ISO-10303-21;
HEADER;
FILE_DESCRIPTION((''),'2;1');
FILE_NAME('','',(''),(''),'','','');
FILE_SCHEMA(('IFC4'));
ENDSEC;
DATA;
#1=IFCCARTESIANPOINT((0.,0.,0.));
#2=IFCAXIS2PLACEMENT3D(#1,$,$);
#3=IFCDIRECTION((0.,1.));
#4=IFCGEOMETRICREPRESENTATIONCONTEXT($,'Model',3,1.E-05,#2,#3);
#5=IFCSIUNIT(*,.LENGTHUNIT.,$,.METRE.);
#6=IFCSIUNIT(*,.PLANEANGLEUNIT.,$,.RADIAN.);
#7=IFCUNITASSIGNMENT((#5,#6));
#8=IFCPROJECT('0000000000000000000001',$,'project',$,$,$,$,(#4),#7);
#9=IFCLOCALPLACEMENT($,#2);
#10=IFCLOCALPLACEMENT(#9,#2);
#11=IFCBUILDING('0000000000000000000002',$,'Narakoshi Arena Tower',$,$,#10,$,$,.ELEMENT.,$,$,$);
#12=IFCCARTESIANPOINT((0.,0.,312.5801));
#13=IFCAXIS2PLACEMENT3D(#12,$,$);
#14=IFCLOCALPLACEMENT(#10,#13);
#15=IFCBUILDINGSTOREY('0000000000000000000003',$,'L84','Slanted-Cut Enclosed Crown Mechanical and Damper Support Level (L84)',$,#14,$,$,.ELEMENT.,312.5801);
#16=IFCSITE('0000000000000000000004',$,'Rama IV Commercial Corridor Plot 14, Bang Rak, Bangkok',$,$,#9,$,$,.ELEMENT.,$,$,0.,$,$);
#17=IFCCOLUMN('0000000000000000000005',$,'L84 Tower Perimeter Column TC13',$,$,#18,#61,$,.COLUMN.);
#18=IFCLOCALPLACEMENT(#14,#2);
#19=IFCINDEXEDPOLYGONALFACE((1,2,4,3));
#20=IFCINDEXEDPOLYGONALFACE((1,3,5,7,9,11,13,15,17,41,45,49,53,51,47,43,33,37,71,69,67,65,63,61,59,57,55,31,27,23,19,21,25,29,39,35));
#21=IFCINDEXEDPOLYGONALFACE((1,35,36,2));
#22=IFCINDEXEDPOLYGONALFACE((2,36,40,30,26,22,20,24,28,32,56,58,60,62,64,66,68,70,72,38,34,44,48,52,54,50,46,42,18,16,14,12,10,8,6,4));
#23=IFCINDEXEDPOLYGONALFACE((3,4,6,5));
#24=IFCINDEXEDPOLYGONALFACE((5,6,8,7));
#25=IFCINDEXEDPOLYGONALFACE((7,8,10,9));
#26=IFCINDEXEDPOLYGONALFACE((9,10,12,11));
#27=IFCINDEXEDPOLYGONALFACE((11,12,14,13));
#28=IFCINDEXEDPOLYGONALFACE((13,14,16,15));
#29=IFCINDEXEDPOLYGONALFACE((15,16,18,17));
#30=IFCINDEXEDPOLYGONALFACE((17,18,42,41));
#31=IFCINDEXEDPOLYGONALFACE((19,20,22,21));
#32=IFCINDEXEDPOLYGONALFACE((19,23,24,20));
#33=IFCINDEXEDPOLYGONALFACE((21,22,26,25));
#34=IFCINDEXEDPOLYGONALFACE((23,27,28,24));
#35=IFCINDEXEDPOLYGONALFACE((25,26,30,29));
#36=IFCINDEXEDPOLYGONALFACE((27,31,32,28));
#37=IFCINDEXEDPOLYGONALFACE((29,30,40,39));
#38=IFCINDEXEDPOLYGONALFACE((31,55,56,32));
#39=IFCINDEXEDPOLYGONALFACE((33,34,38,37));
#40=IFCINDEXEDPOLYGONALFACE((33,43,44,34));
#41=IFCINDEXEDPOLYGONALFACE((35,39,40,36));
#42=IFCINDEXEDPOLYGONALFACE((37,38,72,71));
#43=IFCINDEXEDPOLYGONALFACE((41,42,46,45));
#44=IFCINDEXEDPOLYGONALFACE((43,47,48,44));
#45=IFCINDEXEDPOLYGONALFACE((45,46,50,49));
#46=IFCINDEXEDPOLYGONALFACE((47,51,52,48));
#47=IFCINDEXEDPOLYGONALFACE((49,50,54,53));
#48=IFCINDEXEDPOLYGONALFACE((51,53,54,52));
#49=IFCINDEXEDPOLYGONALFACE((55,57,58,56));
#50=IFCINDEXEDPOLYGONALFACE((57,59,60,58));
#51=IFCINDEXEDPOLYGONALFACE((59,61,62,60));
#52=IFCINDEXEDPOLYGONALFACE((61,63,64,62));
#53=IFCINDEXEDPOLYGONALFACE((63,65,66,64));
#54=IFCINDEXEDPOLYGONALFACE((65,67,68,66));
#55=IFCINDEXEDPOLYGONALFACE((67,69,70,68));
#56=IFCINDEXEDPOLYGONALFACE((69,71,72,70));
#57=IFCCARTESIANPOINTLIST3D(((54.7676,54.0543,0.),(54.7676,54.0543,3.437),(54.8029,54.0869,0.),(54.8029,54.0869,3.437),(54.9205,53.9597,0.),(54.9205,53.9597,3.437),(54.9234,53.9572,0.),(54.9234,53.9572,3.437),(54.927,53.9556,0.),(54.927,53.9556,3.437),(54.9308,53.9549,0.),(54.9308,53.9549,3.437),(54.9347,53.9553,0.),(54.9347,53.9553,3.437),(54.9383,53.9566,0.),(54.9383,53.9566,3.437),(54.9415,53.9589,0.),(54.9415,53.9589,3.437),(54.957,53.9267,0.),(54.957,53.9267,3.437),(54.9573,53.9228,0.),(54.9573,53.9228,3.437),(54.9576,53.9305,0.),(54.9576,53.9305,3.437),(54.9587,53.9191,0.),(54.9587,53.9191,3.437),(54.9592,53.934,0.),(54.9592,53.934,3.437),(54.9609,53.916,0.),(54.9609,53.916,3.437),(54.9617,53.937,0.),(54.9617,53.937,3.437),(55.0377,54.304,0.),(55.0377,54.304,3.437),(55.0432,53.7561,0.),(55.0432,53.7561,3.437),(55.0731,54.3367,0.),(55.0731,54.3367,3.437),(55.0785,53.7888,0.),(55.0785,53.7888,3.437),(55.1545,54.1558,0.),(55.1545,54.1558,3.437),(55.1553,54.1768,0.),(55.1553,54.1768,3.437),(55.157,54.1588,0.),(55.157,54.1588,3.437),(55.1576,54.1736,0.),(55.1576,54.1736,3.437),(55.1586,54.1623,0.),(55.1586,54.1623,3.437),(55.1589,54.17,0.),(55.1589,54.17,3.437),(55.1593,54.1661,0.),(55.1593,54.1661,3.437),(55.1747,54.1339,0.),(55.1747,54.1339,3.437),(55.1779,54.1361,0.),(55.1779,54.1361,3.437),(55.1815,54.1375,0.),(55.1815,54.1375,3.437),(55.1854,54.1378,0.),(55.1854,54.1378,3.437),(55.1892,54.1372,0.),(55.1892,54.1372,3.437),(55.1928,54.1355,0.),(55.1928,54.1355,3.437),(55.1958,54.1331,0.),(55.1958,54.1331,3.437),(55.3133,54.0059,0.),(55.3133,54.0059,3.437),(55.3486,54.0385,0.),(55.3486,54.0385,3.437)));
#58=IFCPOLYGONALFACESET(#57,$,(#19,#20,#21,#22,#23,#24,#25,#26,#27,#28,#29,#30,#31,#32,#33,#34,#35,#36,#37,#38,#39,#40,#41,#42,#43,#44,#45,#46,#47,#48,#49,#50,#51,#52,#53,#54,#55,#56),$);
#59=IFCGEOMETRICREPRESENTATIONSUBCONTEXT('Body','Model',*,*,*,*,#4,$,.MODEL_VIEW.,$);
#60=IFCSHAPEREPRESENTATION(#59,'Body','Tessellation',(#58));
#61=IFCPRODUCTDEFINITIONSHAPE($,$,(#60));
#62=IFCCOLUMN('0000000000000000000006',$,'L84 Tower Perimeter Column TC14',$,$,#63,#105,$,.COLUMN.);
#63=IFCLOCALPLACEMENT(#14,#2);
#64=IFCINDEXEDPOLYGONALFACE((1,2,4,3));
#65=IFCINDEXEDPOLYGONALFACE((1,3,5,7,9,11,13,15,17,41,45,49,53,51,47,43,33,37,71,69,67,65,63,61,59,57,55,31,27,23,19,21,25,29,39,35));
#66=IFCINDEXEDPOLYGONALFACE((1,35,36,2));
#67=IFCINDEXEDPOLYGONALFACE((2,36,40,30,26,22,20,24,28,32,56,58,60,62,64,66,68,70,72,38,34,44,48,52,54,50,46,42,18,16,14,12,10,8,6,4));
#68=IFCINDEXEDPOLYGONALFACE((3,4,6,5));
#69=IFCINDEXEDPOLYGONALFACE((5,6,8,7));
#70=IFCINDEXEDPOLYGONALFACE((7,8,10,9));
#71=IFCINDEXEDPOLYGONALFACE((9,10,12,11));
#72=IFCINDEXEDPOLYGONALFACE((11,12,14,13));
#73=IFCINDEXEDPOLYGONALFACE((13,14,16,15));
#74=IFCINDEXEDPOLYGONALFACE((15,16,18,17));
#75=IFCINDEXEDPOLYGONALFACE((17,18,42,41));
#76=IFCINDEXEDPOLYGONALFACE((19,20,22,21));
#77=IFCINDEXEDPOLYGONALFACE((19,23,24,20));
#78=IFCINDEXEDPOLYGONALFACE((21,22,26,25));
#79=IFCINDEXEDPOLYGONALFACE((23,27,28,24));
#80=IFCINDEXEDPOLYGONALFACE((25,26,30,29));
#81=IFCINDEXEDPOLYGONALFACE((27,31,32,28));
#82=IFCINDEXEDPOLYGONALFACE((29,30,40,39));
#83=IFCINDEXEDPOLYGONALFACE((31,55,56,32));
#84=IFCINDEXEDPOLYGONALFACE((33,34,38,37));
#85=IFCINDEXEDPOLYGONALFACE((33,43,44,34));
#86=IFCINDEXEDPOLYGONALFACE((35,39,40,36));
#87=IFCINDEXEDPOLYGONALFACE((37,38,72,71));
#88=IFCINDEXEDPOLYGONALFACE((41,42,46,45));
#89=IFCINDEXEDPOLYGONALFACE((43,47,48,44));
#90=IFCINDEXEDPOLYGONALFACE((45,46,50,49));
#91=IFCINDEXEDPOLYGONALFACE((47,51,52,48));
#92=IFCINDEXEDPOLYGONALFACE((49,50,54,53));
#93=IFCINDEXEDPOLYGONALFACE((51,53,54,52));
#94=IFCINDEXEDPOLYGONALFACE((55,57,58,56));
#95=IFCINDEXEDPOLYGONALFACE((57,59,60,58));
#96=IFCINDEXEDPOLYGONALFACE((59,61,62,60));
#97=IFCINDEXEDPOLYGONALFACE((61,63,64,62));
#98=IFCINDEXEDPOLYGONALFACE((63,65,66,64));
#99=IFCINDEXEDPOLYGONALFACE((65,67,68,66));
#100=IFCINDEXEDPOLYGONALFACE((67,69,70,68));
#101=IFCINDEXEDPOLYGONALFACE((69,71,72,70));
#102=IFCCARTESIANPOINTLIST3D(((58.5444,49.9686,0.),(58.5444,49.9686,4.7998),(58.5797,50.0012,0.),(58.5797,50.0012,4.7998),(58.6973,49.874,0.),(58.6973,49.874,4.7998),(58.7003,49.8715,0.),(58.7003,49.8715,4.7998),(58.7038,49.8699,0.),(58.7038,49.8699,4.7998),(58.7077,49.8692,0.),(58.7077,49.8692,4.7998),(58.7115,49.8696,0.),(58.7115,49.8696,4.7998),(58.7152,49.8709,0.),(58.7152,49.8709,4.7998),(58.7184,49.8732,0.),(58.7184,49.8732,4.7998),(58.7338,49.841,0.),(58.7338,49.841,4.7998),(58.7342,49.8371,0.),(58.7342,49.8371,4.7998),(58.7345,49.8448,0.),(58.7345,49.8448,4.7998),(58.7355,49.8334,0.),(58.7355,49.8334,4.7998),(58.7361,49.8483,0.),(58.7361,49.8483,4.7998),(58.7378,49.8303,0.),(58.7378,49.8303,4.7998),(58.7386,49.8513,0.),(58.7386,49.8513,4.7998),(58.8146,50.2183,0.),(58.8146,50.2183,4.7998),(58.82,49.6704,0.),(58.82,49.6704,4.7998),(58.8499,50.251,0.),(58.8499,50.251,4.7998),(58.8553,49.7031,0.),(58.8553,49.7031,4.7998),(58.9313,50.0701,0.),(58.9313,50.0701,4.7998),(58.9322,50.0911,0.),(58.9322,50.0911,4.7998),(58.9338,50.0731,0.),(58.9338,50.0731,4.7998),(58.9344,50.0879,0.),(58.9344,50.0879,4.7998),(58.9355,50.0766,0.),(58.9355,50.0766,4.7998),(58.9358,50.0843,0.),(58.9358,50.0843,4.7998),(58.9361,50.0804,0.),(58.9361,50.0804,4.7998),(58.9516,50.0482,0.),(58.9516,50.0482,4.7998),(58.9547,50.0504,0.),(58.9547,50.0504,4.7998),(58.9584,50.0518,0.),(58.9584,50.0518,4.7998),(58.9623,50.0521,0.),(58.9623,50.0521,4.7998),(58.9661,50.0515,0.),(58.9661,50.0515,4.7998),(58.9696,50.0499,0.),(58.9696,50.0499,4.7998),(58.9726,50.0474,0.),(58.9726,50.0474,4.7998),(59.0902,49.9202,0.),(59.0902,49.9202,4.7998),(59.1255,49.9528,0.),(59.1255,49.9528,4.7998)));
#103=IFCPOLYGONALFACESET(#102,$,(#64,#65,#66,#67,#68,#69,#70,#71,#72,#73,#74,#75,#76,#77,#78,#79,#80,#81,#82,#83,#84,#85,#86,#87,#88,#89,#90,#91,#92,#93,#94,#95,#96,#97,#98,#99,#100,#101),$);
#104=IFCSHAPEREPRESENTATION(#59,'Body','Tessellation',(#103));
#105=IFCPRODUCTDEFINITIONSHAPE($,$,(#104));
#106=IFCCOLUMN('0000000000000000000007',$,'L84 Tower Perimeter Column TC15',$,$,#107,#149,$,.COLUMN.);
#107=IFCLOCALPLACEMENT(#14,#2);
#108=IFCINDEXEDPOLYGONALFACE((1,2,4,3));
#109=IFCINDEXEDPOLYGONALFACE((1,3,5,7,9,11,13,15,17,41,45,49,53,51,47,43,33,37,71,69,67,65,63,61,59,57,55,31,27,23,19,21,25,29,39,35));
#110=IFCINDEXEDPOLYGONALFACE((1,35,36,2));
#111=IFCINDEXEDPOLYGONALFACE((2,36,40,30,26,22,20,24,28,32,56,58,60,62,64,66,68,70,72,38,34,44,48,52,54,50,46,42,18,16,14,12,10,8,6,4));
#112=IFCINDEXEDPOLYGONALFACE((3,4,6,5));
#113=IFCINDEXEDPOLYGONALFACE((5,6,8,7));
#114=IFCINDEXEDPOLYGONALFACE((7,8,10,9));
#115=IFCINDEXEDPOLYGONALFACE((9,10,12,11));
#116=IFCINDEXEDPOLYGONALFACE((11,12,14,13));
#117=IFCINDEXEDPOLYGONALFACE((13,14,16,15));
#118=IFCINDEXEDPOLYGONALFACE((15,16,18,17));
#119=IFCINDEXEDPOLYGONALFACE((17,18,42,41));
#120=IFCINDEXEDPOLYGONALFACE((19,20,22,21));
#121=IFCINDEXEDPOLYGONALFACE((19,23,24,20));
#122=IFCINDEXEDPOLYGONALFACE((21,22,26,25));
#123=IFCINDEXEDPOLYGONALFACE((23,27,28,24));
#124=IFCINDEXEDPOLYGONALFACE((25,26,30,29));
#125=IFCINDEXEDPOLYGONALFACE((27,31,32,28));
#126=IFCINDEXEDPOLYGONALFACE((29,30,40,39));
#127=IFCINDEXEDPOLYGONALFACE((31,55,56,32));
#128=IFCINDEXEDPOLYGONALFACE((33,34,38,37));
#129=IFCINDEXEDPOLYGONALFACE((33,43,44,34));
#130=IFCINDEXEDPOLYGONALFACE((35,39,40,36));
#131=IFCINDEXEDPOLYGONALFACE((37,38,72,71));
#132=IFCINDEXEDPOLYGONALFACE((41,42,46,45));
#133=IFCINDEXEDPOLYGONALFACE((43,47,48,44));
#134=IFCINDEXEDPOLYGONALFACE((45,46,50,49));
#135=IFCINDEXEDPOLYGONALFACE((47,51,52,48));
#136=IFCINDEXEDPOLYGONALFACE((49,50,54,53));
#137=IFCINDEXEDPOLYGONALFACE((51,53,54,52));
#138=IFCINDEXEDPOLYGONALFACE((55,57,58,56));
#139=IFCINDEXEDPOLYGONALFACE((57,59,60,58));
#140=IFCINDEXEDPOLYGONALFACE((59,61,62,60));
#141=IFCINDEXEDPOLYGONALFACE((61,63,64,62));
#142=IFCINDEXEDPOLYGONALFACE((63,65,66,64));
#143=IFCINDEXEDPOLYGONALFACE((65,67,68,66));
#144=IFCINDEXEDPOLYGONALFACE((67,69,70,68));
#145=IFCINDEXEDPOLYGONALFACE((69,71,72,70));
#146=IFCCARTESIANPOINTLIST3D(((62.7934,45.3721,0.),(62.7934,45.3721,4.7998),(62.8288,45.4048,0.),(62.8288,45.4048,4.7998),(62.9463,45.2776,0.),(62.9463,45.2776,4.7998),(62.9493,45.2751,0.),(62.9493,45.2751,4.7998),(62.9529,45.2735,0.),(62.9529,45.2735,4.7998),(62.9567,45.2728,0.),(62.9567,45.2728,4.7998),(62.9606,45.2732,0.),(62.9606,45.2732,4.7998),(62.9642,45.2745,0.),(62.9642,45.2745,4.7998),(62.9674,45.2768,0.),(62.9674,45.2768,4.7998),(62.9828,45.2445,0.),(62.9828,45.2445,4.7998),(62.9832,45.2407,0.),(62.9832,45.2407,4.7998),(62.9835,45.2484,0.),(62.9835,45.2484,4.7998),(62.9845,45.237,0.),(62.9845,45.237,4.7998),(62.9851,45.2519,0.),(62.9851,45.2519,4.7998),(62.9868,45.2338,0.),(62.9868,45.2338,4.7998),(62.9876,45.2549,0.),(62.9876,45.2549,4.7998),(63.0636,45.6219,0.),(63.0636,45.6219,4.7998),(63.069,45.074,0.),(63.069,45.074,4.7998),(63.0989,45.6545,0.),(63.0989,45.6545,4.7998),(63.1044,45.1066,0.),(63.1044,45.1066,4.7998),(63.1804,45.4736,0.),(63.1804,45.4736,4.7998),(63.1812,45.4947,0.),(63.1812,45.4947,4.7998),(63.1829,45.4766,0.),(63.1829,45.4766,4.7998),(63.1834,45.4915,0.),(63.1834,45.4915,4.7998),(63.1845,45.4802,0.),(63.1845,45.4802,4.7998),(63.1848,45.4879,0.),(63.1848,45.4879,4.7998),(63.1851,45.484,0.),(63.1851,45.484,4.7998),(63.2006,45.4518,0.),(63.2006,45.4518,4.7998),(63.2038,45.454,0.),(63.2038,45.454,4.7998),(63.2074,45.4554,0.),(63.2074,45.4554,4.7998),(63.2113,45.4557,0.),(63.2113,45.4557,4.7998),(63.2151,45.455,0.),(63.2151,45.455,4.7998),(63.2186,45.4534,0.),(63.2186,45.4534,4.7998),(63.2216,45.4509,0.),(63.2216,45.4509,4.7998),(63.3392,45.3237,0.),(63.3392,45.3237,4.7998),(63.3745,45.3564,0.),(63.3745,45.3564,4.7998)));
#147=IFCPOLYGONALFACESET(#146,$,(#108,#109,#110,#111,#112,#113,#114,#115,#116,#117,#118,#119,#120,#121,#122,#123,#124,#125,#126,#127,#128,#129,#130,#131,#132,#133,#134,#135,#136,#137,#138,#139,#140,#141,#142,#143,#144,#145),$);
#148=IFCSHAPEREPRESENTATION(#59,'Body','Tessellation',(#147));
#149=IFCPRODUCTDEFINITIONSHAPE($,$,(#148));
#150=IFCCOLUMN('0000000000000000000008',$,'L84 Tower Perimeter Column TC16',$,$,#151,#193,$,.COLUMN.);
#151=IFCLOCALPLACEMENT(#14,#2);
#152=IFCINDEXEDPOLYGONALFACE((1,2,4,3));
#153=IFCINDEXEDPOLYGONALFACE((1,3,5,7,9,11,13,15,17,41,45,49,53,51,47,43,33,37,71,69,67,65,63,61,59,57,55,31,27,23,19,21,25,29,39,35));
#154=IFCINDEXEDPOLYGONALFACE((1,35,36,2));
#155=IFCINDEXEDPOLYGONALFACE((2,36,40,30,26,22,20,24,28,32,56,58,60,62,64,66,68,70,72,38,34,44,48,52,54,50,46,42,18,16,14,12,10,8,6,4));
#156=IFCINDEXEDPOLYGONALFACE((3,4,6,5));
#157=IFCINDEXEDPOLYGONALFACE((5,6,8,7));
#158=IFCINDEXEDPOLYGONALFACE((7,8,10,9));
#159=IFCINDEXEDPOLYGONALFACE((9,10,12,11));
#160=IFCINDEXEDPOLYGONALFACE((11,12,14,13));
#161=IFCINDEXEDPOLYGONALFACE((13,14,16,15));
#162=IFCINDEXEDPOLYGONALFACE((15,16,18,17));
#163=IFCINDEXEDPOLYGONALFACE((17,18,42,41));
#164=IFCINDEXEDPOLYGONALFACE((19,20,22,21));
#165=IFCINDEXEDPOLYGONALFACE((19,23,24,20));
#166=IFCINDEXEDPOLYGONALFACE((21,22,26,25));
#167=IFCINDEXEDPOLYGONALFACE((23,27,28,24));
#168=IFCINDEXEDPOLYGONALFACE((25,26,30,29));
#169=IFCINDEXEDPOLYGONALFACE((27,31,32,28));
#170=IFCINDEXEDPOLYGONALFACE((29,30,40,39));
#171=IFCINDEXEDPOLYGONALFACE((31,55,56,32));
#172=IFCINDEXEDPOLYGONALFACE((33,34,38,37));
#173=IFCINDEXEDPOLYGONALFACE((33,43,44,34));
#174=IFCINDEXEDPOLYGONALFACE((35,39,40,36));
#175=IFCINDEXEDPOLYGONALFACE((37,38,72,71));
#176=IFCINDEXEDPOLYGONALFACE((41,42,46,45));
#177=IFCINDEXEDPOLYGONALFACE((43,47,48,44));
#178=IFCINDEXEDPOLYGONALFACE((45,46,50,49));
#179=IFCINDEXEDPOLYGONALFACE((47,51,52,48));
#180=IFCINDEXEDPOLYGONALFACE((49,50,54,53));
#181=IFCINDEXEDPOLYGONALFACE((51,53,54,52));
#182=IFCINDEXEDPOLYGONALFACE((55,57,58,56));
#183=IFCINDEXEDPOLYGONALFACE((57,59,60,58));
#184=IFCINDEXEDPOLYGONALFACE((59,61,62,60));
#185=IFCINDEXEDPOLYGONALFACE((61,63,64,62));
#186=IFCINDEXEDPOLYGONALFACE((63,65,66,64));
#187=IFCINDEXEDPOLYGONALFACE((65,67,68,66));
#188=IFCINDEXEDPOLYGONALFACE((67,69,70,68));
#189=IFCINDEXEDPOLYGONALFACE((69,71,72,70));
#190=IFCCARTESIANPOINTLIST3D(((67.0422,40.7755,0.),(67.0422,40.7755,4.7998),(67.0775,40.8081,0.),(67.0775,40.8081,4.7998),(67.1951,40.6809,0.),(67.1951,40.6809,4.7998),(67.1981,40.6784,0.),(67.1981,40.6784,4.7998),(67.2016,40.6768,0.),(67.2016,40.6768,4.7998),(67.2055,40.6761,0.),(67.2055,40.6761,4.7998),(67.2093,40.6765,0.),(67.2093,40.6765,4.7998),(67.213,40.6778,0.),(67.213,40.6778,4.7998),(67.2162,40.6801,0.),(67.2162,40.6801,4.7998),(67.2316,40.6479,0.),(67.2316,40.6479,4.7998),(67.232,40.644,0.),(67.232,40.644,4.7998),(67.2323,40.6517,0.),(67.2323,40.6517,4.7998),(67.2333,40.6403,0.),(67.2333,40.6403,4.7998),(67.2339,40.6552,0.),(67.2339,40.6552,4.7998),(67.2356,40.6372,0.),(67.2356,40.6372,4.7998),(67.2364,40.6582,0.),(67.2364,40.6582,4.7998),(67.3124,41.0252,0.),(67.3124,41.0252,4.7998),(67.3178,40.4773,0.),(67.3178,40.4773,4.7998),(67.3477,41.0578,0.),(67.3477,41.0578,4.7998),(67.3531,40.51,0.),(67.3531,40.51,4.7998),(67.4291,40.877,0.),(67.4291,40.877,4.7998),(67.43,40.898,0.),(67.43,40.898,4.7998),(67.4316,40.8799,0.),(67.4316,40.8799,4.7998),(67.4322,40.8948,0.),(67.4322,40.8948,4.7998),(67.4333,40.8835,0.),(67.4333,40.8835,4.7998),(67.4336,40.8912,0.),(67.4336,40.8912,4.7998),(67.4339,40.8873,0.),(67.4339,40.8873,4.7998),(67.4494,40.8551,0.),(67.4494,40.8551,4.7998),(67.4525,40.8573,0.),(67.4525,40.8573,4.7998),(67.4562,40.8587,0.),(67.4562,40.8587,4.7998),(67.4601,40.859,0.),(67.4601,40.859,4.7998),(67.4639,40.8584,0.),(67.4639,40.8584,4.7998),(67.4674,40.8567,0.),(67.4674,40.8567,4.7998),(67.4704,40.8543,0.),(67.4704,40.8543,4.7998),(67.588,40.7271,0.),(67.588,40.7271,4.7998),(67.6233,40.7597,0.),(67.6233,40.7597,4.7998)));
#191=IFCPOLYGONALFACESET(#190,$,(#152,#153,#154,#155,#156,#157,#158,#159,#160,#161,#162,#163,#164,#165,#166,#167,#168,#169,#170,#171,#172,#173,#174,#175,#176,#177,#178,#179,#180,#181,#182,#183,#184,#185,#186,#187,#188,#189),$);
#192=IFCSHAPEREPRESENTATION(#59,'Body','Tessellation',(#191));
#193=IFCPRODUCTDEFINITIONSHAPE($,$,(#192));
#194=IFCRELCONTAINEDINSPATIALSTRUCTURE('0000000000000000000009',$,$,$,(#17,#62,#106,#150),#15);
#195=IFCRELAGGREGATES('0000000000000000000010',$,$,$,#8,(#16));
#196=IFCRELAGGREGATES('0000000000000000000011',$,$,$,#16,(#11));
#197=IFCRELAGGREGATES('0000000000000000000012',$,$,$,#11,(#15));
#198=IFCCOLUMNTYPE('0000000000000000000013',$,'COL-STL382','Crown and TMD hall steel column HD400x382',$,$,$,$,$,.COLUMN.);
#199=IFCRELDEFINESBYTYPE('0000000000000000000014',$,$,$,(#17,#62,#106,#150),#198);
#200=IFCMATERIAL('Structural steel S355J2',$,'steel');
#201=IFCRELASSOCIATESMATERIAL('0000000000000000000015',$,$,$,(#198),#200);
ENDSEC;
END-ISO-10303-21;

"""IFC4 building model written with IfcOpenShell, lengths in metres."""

from ifc_helpers import new_model, si_unit, direction, frame, origin, origin_2d, place, context, subcontext, project, spatial, i_section, extrude, material, material_profile, profile_set, type_object, element, save


model = new_model("IFC4")

# Units and contexts
model_context = context("Model", 3, precision=1e-05, world=origin(), true_north=direction((0.0, 1.0)))
body_context = subcontext(model_context, "Body", "Model", "MODEL_VIEW")
ifc_project = project(units=[si_unit("LENGTHUNIT", "METRE"), si_unit("PLANEANGLEUNIT", "RADIAN")], contexts=[model_context])

# Site, building, storey
site_placement = place(None, origin())
site = spatial("IfcSite", under=ifc_project, at=site_placement, Name="Rama IV Commercial Corridor Plot 14, Bang Rak, Bangkok", CompositionType="ELEMENT", RefElevation=0.0)
building_placement = place(site_placement, origin())
building = spatial("IfcBuilding", under=site, at=building_placement, Name="Narakoshi Arena Tower", CompositionType="ELEMENT")
storey_placement = place(building_placement, frame((0.0, 0.0, 312.5801)))
storey = spatial("IfcBuildingStorey", under=building, at=storey_placement, Name="L84", Description="Slanted-Cut Enclosed Crown Mechanical and Damper Support Level (L84)", CompositionType="ELEMENT", Elevation=312.5801)

# Columns
ifc_material_1 = material(Name="Structural steel S355J2", Category="steel")
ifc_material_profile_1 = material_profile(ifc_material_1, i_section(OverallWidth=0.406, OverallDepth=0.416, WebThickness=0.0298, FlangeThickness=0.0481, FilletRadius=0.0149, at=origin_2d()), Name="HD400x382")
ifc_profile_set_1 = profile_set([ifc_material_profile_1], Name="Structural steel S355J2")
column_type = type_object("IfcColumnType", Name="COL-STL382", Description="Crown and TMD hall steel column HD400x382", PredefinedType="COLUMN", material=ifc_profile_set_1)
column_placement = place(storey_placement, frame((55.0581, 54.0464, 0.0), z_axis=(0.0, 0.0, 1.0), x_axis=(-0.678801, 0.734323, 0.0)))
element("IfcColumn", 1, at=column_placement, inside=storey, type_object=column_type, Name="L84 Tower Perimeter Column TC13", PredefinedType="COLUMN", context=body_context, shape_type="SweptSolid", body=[
    extrude(i_section(OverallWidth=0.406, OverallDepth=0.416, WebThickness=0.0298, FlangeThickness=0.0481, FilletRadius=0.0149, at=origin_2d()), origin(), (0.0, 0.0, 1.0), 3.437),
])
for number, where, z_axis, x_axis, name in (
    (2, (58.835, 49.9607, 0.0), (0.0, 0.0, 1.0), (-0.678801, 0.734323, 0.0), "L84 Tower Perimeter Column TC14"),
    (3, (63.084, 45.3643, 0.0), (0.0, 0.0, 1.0), (-0.678801, 0.734323, 0.0), "L84 Tower Perimeter Column TC15"),
    (4, (67.3328, 40.7676, 0.0), (0.0, 0.0, 1.0), (-0.678801, 0.734323, 0.0), "L84 Tower Perimeter Column TC16"),
):
    element("IfcColumn", number, at=place(storey_placement, frame(where, z_axis=z_axis, x_axis=x_axis)), inside=storey, type_object=column_type, Name=name, PredefinedType="COLUMN", context=body_context, shape_type="SweptSolid", body=[
        extrude(i_section(OverallWidth=0.406, OverallDepth=0.416, WebThickness=0.0298, FlangeThickness=0.0481, FilletRadius=0.0149, at=origin_2d()), origin(), (0.0, 0.0, 1.0), 4.7998),
    ])

save(model, "model.ifc")
